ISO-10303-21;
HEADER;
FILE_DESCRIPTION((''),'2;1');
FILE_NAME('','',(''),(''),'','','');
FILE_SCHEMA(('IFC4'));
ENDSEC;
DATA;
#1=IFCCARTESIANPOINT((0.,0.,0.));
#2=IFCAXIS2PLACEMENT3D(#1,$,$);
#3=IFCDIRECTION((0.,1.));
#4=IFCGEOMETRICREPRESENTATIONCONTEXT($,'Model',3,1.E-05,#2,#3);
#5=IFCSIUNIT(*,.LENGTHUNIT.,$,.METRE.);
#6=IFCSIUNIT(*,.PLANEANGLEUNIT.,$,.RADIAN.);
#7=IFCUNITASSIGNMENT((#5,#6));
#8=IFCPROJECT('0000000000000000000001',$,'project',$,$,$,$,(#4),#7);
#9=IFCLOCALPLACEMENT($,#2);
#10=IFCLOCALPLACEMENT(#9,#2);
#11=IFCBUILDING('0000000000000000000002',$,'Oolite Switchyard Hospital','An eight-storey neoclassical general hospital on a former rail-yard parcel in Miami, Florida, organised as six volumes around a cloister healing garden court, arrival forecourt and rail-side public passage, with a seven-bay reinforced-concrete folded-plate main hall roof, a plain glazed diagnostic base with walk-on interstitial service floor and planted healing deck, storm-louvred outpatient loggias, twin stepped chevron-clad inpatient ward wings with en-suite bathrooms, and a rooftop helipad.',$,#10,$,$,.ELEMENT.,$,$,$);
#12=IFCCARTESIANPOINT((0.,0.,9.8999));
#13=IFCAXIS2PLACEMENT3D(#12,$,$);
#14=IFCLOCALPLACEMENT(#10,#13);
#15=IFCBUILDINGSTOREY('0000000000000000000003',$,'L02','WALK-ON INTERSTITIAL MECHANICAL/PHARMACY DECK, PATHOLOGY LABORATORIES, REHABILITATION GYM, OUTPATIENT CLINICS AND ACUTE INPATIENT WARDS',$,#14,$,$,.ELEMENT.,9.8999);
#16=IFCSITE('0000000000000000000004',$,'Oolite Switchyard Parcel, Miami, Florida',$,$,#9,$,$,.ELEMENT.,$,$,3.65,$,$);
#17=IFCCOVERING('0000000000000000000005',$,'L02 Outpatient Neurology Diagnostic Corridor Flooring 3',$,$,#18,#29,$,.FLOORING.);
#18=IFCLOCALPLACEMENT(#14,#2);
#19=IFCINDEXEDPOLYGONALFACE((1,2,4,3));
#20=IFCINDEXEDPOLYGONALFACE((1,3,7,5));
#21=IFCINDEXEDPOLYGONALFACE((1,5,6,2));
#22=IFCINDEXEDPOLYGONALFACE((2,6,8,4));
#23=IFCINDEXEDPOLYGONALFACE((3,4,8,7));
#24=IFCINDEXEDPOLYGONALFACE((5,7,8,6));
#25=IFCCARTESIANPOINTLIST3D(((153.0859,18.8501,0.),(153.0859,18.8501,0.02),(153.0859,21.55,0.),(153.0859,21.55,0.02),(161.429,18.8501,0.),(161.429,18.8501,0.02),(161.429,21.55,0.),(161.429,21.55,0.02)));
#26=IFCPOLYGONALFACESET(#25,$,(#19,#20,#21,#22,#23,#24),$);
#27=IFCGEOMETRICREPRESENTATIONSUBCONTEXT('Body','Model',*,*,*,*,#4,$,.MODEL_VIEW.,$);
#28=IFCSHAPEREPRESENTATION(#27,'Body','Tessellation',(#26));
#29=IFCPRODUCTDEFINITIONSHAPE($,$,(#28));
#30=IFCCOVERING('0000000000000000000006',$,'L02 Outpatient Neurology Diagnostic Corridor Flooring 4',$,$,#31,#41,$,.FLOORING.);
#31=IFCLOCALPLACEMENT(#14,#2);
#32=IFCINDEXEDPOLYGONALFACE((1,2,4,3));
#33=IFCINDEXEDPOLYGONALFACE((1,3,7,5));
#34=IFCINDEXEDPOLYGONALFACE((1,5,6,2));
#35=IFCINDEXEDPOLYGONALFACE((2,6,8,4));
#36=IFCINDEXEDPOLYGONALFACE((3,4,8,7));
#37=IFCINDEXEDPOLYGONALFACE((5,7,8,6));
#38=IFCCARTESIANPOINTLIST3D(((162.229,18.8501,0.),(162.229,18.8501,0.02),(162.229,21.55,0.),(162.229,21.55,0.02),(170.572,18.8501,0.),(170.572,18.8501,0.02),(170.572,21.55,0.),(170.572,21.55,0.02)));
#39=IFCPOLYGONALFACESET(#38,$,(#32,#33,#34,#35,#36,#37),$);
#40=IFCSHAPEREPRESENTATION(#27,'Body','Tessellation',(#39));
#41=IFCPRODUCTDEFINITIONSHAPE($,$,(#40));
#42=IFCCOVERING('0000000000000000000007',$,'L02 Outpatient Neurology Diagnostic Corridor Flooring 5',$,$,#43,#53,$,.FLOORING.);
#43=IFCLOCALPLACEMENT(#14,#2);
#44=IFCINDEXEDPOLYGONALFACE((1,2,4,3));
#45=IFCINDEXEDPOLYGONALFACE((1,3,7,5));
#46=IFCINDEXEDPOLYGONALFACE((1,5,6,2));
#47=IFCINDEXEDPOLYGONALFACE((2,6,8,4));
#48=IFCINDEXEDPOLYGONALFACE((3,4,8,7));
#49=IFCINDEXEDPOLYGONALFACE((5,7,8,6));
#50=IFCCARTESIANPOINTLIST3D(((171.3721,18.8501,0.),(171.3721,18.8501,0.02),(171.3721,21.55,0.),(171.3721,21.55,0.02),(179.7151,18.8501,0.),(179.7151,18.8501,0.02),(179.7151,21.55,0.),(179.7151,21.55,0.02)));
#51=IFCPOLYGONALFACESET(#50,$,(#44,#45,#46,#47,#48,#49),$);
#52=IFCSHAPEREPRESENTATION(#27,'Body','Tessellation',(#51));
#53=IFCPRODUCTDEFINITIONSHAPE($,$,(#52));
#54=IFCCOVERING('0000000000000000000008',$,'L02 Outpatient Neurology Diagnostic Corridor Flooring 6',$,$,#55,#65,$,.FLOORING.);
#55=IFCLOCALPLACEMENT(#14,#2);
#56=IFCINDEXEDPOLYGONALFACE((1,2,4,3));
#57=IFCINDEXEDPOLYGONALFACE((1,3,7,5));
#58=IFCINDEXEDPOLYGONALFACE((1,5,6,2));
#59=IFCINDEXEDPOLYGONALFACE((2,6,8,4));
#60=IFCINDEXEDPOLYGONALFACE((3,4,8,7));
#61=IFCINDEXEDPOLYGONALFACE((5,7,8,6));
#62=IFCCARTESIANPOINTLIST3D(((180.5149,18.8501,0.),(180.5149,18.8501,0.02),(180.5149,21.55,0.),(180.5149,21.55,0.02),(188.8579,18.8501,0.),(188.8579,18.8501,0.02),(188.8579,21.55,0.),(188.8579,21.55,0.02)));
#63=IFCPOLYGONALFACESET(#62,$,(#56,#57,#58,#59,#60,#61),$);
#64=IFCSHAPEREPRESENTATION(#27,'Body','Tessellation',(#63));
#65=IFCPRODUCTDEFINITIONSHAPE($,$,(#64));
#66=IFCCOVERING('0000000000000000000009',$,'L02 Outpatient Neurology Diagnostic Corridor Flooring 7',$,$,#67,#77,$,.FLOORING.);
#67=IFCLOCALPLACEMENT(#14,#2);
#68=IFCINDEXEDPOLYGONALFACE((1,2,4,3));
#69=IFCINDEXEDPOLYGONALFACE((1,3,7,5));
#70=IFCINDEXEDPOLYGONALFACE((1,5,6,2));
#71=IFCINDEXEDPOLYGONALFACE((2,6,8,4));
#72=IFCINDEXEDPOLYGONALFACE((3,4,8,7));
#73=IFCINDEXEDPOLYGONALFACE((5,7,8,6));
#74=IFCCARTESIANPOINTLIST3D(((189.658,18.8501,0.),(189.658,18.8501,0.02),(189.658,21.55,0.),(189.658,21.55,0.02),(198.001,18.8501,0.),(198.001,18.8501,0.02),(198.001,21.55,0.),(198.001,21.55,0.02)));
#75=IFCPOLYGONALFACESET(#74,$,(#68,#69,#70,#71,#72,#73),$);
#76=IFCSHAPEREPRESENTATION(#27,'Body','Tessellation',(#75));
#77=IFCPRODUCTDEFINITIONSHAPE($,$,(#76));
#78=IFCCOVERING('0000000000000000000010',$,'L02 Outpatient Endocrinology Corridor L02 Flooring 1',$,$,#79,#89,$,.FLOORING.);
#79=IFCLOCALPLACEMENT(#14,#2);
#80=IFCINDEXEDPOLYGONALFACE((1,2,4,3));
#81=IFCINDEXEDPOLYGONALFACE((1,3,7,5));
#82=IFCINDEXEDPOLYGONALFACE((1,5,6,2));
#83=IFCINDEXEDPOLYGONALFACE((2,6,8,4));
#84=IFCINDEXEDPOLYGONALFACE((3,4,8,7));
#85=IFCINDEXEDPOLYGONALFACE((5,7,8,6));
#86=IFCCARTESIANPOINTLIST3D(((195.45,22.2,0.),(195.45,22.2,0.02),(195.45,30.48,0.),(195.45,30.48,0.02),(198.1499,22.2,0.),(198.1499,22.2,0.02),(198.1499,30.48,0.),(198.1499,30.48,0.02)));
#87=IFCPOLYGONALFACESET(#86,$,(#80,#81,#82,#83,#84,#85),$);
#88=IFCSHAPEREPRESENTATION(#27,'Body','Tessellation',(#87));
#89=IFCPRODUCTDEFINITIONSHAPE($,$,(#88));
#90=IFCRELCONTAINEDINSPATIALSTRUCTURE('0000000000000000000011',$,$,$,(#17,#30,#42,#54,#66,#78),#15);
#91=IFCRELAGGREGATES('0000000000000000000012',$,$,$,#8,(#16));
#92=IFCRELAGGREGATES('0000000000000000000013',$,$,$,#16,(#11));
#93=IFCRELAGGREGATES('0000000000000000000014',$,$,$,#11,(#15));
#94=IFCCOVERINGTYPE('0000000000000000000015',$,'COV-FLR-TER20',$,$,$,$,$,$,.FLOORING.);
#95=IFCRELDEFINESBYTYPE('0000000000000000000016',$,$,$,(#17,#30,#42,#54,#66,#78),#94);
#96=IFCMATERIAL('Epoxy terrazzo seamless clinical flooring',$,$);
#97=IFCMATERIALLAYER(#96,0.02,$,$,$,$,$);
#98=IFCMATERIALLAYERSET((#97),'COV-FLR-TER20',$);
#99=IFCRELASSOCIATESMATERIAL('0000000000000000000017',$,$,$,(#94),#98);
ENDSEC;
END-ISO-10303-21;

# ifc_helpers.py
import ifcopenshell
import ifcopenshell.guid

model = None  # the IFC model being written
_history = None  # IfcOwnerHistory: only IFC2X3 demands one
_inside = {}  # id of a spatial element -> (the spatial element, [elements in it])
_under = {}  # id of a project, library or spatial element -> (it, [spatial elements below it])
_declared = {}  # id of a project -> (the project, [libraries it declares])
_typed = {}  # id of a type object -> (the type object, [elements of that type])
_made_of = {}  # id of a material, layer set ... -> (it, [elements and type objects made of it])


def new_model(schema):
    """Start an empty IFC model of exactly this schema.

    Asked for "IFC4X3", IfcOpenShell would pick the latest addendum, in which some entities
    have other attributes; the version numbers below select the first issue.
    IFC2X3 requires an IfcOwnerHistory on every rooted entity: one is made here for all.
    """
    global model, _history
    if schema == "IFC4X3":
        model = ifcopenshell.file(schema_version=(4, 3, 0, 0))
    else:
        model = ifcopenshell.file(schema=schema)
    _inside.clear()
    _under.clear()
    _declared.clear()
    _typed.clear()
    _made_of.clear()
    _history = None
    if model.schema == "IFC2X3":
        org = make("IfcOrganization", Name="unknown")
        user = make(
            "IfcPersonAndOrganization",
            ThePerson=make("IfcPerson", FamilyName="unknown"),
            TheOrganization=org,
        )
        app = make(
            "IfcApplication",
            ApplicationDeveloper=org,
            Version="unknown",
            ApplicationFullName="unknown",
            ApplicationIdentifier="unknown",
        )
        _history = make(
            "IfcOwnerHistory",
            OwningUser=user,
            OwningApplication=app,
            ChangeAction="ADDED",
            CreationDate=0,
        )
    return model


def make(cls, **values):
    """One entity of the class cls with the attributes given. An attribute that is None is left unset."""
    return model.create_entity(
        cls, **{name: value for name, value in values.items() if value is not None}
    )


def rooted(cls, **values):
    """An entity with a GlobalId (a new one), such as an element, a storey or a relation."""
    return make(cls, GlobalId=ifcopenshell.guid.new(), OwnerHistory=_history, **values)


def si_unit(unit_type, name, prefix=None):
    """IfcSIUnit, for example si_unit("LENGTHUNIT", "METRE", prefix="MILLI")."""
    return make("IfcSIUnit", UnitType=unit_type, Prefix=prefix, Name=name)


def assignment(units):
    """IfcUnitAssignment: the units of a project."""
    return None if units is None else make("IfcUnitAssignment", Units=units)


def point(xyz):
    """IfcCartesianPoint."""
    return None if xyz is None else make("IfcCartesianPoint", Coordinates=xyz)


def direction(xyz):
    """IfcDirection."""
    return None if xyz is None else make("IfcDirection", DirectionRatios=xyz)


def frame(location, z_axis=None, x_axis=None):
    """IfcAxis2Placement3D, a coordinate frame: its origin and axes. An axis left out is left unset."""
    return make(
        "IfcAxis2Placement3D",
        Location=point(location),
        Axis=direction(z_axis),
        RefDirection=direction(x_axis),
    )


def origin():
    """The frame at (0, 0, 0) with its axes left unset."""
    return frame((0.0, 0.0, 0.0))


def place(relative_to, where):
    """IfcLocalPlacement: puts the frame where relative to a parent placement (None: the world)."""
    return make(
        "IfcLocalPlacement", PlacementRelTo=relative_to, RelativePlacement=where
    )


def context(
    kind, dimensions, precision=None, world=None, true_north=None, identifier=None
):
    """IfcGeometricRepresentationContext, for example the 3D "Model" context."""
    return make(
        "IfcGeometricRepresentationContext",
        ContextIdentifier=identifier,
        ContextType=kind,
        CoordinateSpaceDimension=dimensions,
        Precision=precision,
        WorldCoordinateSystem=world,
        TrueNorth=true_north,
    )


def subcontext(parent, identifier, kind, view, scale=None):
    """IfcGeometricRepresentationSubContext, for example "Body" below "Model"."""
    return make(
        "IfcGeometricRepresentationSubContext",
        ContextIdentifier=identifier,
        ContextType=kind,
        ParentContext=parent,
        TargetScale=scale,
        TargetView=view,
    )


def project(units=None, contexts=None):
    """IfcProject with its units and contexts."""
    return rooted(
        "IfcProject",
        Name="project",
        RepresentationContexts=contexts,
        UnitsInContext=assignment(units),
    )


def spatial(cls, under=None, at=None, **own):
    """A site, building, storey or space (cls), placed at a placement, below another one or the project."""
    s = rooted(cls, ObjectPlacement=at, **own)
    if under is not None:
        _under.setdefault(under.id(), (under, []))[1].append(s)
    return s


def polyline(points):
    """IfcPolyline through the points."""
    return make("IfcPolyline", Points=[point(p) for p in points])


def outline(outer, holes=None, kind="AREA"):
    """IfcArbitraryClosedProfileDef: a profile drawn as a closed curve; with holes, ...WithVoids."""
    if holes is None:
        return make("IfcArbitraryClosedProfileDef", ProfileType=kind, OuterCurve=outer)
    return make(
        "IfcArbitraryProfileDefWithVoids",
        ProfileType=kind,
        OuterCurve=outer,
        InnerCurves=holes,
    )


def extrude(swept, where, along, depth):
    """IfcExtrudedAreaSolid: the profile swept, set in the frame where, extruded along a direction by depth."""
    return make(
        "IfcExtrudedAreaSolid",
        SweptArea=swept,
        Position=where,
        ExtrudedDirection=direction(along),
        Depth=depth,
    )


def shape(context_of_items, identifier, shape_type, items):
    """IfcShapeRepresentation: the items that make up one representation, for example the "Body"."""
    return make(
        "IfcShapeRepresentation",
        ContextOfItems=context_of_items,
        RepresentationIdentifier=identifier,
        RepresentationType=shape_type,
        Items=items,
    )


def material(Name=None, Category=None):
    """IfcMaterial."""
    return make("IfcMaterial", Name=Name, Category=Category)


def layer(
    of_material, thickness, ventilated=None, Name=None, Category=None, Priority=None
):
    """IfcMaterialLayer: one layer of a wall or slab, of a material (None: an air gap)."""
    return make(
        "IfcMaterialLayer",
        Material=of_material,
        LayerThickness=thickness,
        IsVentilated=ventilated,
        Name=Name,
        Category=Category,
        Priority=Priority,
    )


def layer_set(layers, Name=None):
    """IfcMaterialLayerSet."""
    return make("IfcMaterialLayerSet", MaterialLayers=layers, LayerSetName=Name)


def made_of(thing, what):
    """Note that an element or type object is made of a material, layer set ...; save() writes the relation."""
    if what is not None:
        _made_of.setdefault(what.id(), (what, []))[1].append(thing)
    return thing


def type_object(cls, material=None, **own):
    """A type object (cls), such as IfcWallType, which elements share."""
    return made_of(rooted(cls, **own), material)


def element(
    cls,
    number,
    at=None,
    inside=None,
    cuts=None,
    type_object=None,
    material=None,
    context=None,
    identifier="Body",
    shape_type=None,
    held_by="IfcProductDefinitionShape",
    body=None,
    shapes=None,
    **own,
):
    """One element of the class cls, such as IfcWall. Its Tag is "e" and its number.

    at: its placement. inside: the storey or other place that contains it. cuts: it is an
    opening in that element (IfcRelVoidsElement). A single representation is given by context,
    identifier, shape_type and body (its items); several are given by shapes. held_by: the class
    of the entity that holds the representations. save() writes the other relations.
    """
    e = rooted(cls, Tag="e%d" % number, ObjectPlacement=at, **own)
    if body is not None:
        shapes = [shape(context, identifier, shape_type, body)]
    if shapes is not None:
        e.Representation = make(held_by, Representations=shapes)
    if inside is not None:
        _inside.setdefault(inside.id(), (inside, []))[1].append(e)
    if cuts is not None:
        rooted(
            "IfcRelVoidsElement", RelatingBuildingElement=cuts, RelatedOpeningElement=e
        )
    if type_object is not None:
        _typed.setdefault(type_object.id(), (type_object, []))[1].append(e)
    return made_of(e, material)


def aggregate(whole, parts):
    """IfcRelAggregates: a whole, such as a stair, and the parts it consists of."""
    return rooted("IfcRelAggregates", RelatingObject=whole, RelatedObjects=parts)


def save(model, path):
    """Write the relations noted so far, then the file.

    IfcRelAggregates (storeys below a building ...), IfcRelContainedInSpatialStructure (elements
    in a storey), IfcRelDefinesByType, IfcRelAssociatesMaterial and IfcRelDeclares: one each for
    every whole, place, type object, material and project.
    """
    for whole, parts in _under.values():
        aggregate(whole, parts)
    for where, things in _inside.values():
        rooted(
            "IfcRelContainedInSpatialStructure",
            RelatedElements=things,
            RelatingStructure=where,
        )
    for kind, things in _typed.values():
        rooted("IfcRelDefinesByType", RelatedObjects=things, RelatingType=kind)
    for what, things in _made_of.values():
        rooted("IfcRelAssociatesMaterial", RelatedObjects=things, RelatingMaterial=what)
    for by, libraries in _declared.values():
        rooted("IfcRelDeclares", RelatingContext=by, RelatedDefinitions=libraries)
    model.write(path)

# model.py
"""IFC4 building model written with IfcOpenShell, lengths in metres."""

from ifc_helpers import new_model, si_unit, direction, frame, origin, place, context, subcontext, project, spatial, polyline, outline, extrude, material, layer, layer_set, type_object, element, save


model = new_model("IFC4")

# Units and contexts
model_context = context("Model", 3, precision=1e-05, world=origin(), true_north=direction((0.0, 1.0)))
body_context = subcontext(model_context, "Body", "Model", "MODEL_VIEW")
ifc_project = project(units=[si_unit("LENGTHUNIT", "METRE"), si_unit("PLANEANGLEUNIT", "RADIAN")], contexts=[model_context])

# Site, building, storey
site_placement = place(None, origin())
site = spatial("IfcSite", under=ifc_project, at=site_placement, Name="Oolite Switchyard Parcel, Miami, Florida", CompositionType="ELEMENT", RefElevation=3.65)
building_placement = place(site_placement, origin())
building = spatial("IfcBuilding", under=site, at=building_placement, Name="Oolite Switchyard Hospital", Description="An eight-storey neoclassical general hospital on a former rail-yard parcel in Miami, Florida, organised as six volumes around a cloister healing garden court, arrival forecourt and rail-side public passage, with a seven-bay reinforced-concrete folded-plate main hall roof, a plain glazed diagnostic base with walk-on interstitial service floor and planted healing deck, storm-louvred outpatient loggias, twin stepped chevron-clad inpatient ward wings with en-suite bathrooms, and a rooftop helipad.", CompositionType="ELEMENT")
storey_placement = place(building_placement, frame((0.0, 0.0, 9.8999)))
storey = spatial("IfcBuildingStorey", under=building, at=storey_placement, Name="L02", Description="WALK-ON INTERSTITIAL MECHANICAL/PHARMACY DECK, PATHOLOGY LABORATORIES, REHABILITATION GYM, OUTPATIENT CLINICS AND ACUTE INPATIENT WARDS", CompositionType="ELEMENT", Elevation=9.8999)

# Coverings
ifc_material = material(Name="Epoxy terrazzo seamless clinical flooring")
ifc_layer = layer(ifc_material, 0.02)
ifc_layer_set = layer_set([ifc_layer], Name="COV-FLR-TER20")
covering_type = type_object("IfcCoveringType", Name="COV-FLR-TER20", PredefinedType="FLOORING", material=ifc_layer_set)
covering_1_placement = place(storey_placement, origin())
element("IfcCovering", 1, at=covering_1_placement, inside=storey, type_object=covering_type, Name="L02 Outpatient Neurology Diagnostic Corridor Flooring 3", PredefinedType="FLOORING", context=body_context, shape_type="SweptSolid", body=[
    extrude(outline(polyline([(153.0859, 18.8501), (161.429, 18.8501), (161.429, 21.55), (153.0859, 21.55), (153.0859, 18.8501)])), origin(), (0.0, 0.0, 1.0), 0.02),
])
covering_2_placement = place(storey_placement, origin())
element("IfcCovering", 2, at=covering_2_placement, inside=storey, type_object=covering_type, Name="L02 Outpatient Neurology Diagnostic Corridor Flooring 4", PredefinedType="FLOORING", context=body_context, shape_type="SweptSolid", body=[
    extrude(outline(polyline([(162.229, 18.8501), (170.572, 18.8501), (170.572, 21.55), (162.229, 21.55), (162.229, 18.8501)])), origin(), (0.0, 0.0, 1.0), 0.02),
])
covering_3_placement = place(storey_placement, origin())
element("IfcCovering", 3, at=covering_3_placement, inside=storey, type_object=covering_type, Name="L02 Outpatient Neurology Diagnostic Corridor Flooring 5", PredefinedType="FLOORING", context=body_context, shape_type="SweptSolid", body=[
    extrude(outline(polyline([(171.3721, 18.8501), (179.7151, 18.8501), (179.7151, 21.55), (171.3721, 21.55), (171.3721, 18.8501)])), origin(), (0.0, 0.0, 1.0), 0.02),
])
covering_4_placement = place(storey_placement, origin())
element("IfcCovering", 4, at=covering_4_placement, inside=storey, type_object=covering_type, Name="L02 Outpatient Neurology Diagnostic Corridor Flooring 6", PredefinedType="FLOORING", context=body_context, shape_type="SweptSolid", body=[
    extrude(outline(polyline([(180.5149, 18.8501), (188.8579, 18.8501), (188.8579, 21.55), (180.5149, 21.55), (180.5149, 18.8501)])), origin(), (0.0, 0.0, 1.0), 0.02),
])
covering_5_placement = place(storey_placement, origin())
element("IfcCovering", 5, at=covering_5_placement, inside=storey, type_object=covering_type, Name="L02 Outpatient Neurology Diagnostic Corridor Flooring 7", PredefinedType="FLOORING", context=body_context, shape_type="SweptSolid", body=[
    extrude(outline(polyline([(189.658, 18.8501), (198.001, 18.8501), (198.001, 21.55), (189.658, 21.55), (189.658, 18.8501)])), origin(), (0.0, 0.0, 1.0), 0.02),
])
covering_6_placement = place(storey_placement, origin())
element("IfcCovering", 6, at=covering_6_placement, inside=storey, type_object=covering_type, Name="L02 Outpatient Endocrinology Corridor L02 Flooring 1", PredefinedType="FLOORING", context=body_context, shape_type="SweptSolid", body=[
    extrude(outline(polyline([(195.45, 22.2), (198.1499, 22.2), (198.1499, 30.48), (195.45, 30.48), (195.45, 22.2)])), origin(), (0.0, 0.0, 1.0), 0.02),
])

save(model, "model.ifc")
